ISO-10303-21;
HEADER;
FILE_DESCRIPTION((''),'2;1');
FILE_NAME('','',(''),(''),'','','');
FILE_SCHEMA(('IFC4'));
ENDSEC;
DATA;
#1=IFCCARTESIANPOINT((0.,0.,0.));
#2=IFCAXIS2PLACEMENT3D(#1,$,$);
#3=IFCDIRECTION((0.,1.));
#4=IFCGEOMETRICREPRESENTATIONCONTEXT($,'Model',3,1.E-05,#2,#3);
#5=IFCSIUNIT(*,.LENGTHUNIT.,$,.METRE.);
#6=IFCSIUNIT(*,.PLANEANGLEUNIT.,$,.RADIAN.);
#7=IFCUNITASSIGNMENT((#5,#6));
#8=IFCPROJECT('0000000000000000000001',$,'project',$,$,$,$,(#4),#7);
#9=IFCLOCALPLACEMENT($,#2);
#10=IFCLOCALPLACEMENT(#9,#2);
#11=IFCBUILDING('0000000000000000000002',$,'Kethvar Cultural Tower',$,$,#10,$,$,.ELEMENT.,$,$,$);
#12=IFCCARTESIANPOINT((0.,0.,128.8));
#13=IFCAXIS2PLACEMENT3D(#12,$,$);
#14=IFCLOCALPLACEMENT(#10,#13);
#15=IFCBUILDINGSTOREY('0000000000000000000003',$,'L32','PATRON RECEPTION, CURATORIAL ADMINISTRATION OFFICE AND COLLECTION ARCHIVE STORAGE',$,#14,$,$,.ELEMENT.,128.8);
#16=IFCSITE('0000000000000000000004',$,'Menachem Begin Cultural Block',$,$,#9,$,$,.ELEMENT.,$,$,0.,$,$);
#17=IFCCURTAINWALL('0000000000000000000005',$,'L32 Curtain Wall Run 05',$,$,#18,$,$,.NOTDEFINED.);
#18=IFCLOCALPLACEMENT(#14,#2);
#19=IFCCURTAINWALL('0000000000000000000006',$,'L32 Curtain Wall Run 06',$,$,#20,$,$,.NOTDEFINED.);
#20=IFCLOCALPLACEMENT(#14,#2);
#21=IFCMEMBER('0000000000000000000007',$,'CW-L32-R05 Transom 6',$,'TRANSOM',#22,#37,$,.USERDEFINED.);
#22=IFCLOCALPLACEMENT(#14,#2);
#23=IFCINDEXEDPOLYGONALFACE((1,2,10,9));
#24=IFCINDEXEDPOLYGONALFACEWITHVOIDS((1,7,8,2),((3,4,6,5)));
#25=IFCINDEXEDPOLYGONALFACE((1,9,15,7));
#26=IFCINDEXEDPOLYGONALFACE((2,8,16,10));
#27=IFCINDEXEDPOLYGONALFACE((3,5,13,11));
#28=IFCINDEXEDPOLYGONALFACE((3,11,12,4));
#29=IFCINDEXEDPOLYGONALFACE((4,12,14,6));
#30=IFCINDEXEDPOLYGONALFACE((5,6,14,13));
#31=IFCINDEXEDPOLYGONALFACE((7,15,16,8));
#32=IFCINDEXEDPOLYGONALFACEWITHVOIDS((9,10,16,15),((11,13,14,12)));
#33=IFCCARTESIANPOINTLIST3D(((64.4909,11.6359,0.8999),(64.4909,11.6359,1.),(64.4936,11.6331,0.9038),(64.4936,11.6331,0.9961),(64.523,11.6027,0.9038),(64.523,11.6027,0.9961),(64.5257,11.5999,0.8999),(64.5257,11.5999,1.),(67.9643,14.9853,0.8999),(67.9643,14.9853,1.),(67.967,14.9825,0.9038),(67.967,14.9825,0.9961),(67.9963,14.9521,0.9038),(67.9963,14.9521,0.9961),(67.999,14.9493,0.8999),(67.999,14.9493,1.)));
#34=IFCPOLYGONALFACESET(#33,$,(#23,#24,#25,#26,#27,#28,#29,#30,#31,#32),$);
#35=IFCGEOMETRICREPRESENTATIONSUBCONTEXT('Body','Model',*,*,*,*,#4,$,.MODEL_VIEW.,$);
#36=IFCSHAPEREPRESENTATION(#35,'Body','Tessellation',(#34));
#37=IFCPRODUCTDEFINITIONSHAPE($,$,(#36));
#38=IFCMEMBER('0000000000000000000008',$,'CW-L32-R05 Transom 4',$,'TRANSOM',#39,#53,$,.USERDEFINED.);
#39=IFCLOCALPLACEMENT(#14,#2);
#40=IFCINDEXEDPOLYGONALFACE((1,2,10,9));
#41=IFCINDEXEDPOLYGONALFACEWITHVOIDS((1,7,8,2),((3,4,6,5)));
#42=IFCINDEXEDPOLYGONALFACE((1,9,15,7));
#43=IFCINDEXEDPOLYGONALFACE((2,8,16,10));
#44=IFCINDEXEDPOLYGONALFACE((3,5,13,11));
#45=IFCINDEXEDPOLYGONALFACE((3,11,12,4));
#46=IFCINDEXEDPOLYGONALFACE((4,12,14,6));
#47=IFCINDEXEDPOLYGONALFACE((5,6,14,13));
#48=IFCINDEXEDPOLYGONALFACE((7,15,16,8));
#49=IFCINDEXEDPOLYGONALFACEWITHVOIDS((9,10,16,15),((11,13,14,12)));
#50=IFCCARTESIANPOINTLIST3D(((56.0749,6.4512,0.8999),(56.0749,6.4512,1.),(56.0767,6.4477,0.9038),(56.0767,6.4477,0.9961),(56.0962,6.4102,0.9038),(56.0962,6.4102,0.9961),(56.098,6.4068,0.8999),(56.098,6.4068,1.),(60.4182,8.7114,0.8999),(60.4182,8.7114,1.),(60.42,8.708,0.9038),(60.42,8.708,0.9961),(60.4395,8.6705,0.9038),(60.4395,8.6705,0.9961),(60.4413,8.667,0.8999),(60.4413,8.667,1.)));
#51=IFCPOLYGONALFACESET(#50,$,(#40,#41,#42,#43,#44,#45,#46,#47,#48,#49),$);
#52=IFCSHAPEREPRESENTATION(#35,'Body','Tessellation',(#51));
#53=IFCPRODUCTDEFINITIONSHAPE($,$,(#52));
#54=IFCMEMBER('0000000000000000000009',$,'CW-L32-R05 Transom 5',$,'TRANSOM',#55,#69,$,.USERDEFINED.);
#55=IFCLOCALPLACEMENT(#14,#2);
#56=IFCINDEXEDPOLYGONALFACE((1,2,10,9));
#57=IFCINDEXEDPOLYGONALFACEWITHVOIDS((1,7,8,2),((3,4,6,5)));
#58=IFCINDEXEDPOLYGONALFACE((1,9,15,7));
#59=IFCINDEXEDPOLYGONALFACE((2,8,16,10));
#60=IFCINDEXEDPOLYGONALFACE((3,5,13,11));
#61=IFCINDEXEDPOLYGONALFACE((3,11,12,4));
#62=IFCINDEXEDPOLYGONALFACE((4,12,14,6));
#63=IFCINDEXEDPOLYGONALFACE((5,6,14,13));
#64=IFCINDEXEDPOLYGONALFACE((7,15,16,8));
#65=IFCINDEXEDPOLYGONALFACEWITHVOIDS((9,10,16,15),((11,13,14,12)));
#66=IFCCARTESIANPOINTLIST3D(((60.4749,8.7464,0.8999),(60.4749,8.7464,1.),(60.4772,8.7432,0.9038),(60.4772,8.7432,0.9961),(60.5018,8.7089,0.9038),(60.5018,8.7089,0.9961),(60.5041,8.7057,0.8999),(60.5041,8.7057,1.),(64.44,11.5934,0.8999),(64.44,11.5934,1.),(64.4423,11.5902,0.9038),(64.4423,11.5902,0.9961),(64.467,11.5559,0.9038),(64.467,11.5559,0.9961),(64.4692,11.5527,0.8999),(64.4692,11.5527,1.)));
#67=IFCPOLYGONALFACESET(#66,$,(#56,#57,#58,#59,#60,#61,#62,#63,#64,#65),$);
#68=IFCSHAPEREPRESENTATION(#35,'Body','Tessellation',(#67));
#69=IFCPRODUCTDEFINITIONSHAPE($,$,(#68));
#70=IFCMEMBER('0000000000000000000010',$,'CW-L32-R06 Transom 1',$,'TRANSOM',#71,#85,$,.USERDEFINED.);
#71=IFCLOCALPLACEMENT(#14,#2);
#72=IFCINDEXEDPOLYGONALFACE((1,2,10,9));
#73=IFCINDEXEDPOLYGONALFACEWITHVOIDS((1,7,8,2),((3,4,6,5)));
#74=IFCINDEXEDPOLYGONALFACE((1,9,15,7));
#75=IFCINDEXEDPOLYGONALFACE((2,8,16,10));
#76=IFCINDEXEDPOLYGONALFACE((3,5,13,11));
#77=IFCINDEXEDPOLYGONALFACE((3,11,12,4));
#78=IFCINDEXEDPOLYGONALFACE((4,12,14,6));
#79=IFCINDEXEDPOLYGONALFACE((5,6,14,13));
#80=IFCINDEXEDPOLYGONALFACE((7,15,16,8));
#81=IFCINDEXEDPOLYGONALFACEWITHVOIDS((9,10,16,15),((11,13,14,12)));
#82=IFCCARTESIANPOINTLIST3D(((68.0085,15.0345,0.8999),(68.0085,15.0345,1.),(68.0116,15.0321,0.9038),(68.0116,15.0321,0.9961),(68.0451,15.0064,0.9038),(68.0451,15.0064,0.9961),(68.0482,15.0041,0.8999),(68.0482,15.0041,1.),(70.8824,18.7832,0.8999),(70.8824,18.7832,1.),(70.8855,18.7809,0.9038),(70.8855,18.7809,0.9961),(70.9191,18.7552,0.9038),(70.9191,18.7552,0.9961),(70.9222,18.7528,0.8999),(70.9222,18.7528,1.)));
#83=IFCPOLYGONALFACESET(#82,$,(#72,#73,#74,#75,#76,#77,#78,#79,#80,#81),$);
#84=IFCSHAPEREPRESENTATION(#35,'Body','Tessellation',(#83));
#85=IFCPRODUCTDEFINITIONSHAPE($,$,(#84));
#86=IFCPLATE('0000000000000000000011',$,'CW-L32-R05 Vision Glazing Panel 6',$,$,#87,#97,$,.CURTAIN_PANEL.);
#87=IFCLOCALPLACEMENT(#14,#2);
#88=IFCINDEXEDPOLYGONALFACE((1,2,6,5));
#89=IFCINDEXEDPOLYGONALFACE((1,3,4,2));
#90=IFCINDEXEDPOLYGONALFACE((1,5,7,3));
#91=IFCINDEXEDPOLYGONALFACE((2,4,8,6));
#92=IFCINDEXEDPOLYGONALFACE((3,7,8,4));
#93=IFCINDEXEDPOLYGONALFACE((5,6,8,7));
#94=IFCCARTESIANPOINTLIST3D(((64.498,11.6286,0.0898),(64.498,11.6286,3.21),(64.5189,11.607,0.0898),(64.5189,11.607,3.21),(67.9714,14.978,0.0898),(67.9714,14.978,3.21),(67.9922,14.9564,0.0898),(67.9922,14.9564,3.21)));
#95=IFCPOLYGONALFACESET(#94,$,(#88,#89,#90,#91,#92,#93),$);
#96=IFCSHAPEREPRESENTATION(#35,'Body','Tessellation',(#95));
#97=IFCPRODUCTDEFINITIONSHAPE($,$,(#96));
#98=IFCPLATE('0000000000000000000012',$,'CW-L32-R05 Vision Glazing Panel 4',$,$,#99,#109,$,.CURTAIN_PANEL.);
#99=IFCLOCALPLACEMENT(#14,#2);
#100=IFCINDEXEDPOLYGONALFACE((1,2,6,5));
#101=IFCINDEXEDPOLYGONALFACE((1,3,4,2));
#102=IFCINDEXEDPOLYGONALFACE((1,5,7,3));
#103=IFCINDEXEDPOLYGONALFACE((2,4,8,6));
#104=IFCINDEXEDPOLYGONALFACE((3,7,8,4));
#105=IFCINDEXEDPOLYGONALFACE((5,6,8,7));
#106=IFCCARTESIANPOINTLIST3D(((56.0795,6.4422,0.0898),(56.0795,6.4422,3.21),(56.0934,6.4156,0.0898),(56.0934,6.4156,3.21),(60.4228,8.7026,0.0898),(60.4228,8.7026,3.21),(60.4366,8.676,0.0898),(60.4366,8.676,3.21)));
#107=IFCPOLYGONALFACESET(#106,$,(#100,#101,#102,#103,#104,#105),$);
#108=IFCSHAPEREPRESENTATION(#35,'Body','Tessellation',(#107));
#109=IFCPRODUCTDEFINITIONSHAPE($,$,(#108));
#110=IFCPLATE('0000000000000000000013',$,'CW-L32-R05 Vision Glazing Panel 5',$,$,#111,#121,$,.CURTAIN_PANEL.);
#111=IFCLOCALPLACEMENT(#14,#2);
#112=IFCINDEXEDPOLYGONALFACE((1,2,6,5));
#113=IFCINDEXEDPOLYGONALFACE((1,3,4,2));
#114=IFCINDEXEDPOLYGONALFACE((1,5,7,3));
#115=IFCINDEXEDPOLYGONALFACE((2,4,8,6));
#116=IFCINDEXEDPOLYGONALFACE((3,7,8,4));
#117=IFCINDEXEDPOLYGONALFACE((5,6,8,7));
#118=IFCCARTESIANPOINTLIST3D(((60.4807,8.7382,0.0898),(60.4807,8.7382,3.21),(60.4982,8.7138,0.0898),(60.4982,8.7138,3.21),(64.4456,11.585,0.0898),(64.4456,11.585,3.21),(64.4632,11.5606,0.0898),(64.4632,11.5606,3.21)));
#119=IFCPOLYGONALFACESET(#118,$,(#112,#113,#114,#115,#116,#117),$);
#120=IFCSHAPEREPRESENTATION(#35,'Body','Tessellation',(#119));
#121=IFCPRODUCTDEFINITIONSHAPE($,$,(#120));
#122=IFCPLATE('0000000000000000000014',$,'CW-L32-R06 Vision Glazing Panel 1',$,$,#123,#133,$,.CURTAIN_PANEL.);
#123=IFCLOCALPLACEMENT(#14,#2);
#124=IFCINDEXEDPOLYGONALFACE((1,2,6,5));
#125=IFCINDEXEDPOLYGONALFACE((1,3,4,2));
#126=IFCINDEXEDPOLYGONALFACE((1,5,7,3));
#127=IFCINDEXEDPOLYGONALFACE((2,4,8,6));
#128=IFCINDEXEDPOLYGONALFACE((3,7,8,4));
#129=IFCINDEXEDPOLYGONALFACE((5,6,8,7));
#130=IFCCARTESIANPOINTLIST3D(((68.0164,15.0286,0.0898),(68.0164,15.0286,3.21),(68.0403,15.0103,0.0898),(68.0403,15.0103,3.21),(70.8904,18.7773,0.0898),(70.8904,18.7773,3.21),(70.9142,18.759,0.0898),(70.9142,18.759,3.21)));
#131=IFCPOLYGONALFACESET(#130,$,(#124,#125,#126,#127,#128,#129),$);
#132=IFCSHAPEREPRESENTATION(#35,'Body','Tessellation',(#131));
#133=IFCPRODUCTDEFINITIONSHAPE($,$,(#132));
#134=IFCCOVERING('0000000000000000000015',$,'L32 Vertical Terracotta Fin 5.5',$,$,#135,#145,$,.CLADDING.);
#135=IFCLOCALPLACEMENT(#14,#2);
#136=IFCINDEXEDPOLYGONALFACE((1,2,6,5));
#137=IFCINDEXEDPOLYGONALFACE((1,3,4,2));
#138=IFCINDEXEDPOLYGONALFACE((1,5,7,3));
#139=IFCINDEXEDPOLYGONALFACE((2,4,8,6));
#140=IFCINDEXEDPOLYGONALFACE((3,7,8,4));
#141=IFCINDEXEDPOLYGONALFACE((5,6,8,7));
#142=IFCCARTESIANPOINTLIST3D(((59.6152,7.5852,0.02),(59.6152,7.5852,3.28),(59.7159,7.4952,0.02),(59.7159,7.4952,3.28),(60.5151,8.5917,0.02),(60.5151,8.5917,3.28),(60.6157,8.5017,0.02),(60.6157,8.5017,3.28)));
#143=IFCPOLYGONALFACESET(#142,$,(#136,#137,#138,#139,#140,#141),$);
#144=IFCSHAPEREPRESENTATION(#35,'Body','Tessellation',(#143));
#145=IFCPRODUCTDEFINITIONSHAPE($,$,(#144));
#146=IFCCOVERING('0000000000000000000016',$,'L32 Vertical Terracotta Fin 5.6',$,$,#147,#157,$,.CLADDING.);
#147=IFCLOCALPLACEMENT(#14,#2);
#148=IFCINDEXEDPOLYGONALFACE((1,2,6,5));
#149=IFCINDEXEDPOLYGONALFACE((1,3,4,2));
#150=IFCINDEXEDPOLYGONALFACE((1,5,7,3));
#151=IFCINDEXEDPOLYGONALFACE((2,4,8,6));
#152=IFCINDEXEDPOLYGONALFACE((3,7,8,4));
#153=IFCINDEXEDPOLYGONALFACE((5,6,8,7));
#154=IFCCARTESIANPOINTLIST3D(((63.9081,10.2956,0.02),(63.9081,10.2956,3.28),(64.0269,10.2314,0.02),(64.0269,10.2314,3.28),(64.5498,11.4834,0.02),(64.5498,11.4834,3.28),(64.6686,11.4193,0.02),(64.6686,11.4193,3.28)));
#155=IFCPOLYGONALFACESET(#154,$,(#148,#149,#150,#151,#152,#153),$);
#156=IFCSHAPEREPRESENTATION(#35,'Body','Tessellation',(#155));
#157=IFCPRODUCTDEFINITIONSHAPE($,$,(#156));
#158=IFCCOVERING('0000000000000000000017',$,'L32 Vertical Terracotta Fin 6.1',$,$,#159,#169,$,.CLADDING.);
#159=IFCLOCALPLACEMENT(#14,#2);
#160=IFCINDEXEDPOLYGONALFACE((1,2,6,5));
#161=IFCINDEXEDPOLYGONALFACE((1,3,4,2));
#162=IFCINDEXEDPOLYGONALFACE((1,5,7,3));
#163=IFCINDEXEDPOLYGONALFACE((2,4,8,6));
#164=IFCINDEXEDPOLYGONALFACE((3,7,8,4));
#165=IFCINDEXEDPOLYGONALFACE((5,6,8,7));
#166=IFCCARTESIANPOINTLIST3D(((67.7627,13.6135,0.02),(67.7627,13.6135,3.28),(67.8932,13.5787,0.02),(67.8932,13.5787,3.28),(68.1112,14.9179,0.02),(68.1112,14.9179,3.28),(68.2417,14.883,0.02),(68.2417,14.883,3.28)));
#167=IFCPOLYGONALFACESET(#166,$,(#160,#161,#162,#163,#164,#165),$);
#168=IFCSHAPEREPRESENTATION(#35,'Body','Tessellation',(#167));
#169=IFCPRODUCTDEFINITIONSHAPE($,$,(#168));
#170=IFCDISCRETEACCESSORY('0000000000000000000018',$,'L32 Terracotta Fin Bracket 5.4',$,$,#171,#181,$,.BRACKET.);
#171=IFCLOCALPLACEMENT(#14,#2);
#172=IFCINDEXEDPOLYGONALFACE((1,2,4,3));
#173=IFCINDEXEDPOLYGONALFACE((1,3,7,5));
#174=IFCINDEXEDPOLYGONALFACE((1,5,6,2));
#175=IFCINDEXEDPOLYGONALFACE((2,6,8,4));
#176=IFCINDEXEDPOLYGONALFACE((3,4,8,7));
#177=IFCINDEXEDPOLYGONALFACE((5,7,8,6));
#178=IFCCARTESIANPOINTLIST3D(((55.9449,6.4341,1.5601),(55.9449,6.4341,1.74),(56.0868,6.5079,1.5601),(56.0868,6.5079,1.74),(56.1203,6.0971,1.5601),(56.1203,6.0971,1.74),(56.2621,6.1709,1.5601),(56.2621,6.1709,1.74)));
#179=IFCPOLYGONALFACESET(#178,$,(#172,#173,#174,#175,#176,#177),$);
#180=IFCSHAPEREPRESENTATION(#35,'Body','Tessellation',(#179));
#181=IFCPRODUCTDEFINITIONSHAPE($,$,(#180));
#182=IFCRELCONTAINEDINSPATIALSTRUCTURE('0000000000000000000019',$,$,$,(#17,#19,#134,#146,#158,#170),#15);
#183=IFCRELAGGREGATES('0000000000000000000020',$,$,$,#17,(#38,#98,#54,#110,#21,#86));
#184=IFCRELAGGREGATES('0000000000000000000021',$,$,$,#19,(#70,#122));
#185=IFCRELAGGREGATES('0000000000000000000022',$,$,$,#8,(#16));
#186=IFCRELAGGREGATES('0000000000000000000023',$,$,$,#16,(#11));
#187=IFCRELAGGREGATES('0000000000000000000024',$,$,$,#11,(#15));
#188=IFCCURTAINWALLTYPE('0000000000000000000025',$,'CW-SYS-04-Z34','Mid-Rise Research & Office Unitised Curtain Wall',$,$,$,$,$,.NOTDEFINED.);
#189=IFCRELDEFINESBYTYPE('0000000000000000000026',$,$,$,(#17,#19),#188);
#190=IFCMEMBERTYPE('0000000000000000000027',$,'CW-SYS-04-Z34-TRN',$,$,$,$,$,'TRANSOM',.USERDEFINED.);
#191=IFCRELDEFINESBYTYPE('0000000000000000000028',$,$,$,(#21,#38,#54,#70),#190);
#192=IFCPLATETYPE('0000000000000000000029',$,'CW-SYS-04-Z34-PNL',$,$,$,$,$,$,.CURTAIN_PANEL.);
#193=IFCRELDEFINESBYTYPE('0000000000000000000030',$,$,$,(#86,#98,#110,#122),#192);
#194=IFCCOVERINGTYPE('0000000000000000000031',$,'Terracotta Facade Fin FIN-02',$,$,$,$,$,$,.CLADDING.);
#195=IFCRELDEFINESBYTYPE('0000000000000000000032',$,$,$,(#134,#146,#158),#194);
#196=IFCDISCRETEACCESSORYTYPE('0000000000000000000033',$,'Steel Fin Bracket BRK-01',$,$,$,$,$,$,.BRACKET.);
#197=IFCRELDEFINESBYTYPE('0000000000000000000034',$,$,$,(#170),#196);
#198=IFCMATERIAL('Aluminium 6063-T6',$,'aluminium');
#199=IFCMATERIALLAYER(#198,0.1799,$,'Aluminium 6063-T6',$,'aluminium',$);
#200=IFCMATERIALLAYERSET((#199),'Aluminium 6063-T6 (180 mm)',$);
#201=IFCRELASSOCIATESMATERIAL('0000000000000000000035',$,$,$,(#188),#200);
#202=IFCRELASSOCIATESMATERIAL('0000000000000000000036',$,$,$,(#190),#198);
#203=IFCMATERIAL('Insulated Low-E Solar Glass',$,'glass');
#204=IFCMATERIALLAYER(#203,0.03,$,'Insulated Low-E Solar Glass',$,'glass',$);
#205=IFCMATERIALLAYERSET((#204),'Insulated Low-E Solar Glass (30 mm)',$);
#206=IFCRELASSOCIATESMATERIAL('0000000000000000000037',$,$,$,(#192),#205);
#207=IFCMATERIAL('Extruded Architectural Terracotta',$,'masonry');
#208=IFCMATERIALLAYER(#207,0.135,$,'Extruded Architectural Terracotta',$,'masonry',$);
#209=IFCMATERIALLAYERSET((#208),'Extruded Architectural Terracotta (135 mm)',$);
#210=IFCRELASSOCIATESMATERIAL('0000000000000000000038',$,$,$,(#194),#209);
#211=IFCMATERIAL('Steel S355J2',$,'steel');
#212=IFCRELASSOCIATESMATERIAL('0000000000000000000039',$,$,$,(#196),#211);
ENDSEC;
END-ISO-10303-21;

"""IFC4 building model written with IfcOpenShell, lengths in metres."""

from ifc_helpers import new_model, si_unit, direction, frame, origin, origin_2d, place, context, subcontext, project, spatial, rectangle, hollow_rectangle, extrude, source, transform, mapped, material, layer, layer_set, material_profile, profile_set, type_object, element, aggregate, save


model = new_model("IFC4")

# Units and contexts
model_context = context("Model", 3, precision=1e-05, world=origin(), true_north=direction((0.0, 1.0)))
body_context = subcontext(model_context, "Body", "Model", "MODEL_VIEW")
ifc_project = project(units=[si_unit("LENGTHUNIT", "METRE"), si_unit("PLANEANGLEUNIT", "RADIAN")], contexts=[model_context])

# Site, building, storey
site_placement = place(None, origin())
site = spatial("IfcSite", under=ifc_project, at=site_placement, Name="Menachem Begin Cultural Block", CompositionType="ELEMENT", RefElevation=0.0)
building_placement = place(site_placement, origin())
building = spatial("IfcBuilding", under=site, at=building_placement, Name="Kethvar Cultural Tower", CompositionType="ELEMENT")
storey_placement = place(building_placement, frame((0.0, 0.0, 128.8)))
storey = spatial("IfcBuildingStorey", under=building, at=storey_placement, Name="L32", Description="PATRON RECEPTION, CURATORIAL ADMINISTRATION OFFICE AND COLLECTION ARCHIVE STORAGE", CompositionType="ELEMENT", Elevation=128.8)

# Shared definitions
ifc_material_1 = material(Name="Steel S355J2", Category="steel")

# Curtain wall
ifc_material_2 = material(Name="Aluminium 6063-T6", Category="aluminium")
ifc_layer_1 = layer(ifc_material_2, 0.1799, Name="Aluminium 6063-T6", Category="aluminium")
ifc_layer_set_1 = layer_set([ifc_layer_1], Name="Aluminium 6063-T6 (180 mm)")
curtain_wall_type = type_object("IfcCurtainWallType", Name="CW-SYS-04-Z34", Description="Mid-Rise Research & Office Unitised Curtain Wall", PredefinedType="NOTDEFINED", material=ifc_layer_set_1)
curtain_wall_1_placement = place(storey_placement, origin())
curtain_wall_1 = element("IfcCurtainWall", 1, at=curtain_wall_1_placement, inside=storey, type_object=curtain_wall_type, Name="L32 Curtain Wall Run 05", PredefinedType="NOTDEFINED")

# Curtain wall
curtain_wall_2_placement = place(storey_placement, origin())
curtain_wall_2 = element("IfcCurtainWall", 2, at=curtain_wall_2_placement, inside=storey, type_object=curtain_wall_type, Name="L32 Curtain Wall Run 06", PredefinedType="NOTDEFINED")

# Members
ifc_material_profile_1 = material_profile(ifc_material_2, hollow_rectangle(XDim=0.05, YDim=0.1001, WallThickness=0.0039, at=origin_2d()), Name="Aluminium 6063-T6 — RHS100x50x4")
ifc_profile_set_1 = profile_set([ifc_material_profile_1], Name="Aluminium 6063-T6 — RHS100x50x4")
member_type_1 = type_object("IfcMemberType", Name="CW-SYS-04-Z34-TRN", ElementType="TRANSOM", PredefinedType="USERDEFINED", material=ifc_profile_set_1)
shared_shape_1 = source(origin(), body_context, "Body", "SweptSolid", [
    extrude(hollow_rectangle(XDim=0.05, YDim=0.1001, WallThickness=0.0039, at=origin_2d()), origin(), (0.0, 0.0, 1.0), 4.8252),
])
member_1_placement = place(storey_placement, frame((64.5083, 11.6179, 0.95), z_axis=(0.719842, 0.694138, 0.0), x_axis=(-0.694138, 0.719842, 0.0)))
member_1 = element("IfcMember", 3, at=member_1_placement, type_object=member_type_1, Name="CW-L32-R05 Transom 6", ObjectType="TRANSOM", PredefinedType="USERDEFINED", context=body_context, shape_type="MappedRepresentation", body=[
    mapped(shared_shape_1, transform((0.0, 0.0, 0.0), scale=1.0)),
])
shared_shape_2 = source(origin(), body_context, "Body", "SweptSolid", [
    extrude(hollow_rectangle(XDim=0.05, YDim=0.1001, WallThickness=0.0039, at=origin_2d()), origin(), (0.0, 0.0, 1.0), 4.8962),
])
member_2_placement = place(storey_placement, frame((56.0864, 6.429, 0.95), z_axis=(0.88707, 0.461635, 0.0), x_axis=(-0.461635, 0.88707, 0.0)))
member_2 = element("IfcMember", 4, at=member_2_placement, type_object=member_type_1, Name="CW-L32-R05 Transom 4", ObjectType="TRANSOM", PredefinedType="USERDEFINED", context=body_context, shape_type="MappedRepresentation", body=[
    mapped(shared_shape_2, transform((0.0, 0.0, 0.0), scale=1.0)),
])
shared_shape_3 = source(origin(), body_context, "Body", "SweptSolid", [
    extrude(hollow_rectangle(XDim=0.05, YDim=0.1001, WallThickness=0.0039, at=origin_2d()), origin(), (0.0, 0.0, 1.0), 4.8813),
])
member_3_placement = place(storey_placement, frame((60.4895, 8.7261, 0.95), z_axis=(0.812305, 0.583233, 0.0), x_axis=(-0.583233, 0.812305, 0.0)))
member_3 = element("IfcMember", 5, at=member_3_placement, type_object=member_type_1, Name="CW-L32-R05 Transom 5", ObjectType="TRANSOM", PredefinedType="USERDEFINED", context=body_context, shape_type="MappedRepresentation", body=[
    mapped(shared_shape_3, transform((0.0, 0.0, 0.0), scale=1.0)),
])
shared_shape_4 = source(origin(), body_context, "Body", "SweptSolid", [
    extrude(hollow_rectangle(XDim=0.05, YDim=0.1001, WallThickness=0.0039, at=origin_2d()), origin(), (0.0, 0.0, 1.0), 4.7236),
])
member_4_placement = place(storey_placement, frame((68.0283, 15.0193, 0.95), z_axis=(0.608426, 0.793611, 0.0), x_axis=(-0.793611, 0.608426, 0.0)))
member_4 = element("IfcMember", 6, at=member_4_placement, type_object=member_type_1, Name="CW-L32-R06 Transom 1", ObjectType="TRANSOM", PredefinedType="USERDEFINED", context=body_context, shape_type="MappedRepresentation", body=[
    mapped(shared_shape_4, transform((0.0, 0.0, 0.0), scale=1.0)),
])

# Plates
ifc_material_3 = material(Name="Insulated Low-E Solar Glass", Category="glass")
ifc_layer_2 = layer(ifc_material_3, 0.03, Name="Insulated Low-E Solar Glass", Category="glass")
ifc_layer_set_2 = layer_set([ifc_layer_2], Name="Insulated Low-E Solar Glass (30 mm)")
plate_type = type_object("IfcPlateType", Name="CW-SYS-04-Z34-PNL", PredefinedType="CURTAIN_PANEL", material=ifc_layer_set_2)
shared_shape_5 = source(origin(), body_context, "Body", "SweptSolid", [
    extrude(rectangle(XDim=4.8252, YDim=0.03, at=origin_2d()), origin(), (0.0, 0.0, 1.0), 3.1201),
])
plate_1_placement = place(storey_placement, frame((66.2451, 13.2925, 0.0898), z_axis=(0.0, 0.0, 1.0), x_axis=(0.719837, 0.694143, 0.0)))
plate_1 = element("IfcPlate", 7, at=plate_1_placement, type_object=plate_type, Name="CW-L32-R05 Vision Glazing Panel 6", PredefinedType="CURTAIN_PANEL", context=body_context, shape_type="MappedRepresentation", body=[
    mapped(shared_shape_5, transform((0.0, 0.0, 0.0), scale=1.0)),
])
shared_shape_6 = source(origin(), body_context, "Body", "SweptSolid", [
    extrude(rectangle(XDim=4.8962, YDim=0.03, at=origin_2d()), origin(), (0.0, 0.0, 1.0), 3.1201),
])
plate_2_placement = place(storey_placement, frame((58.2581, 7.5591, 0.0898), z_axis=(0.0, 0.0, 1.0), x_axis=(0.887059, 0.461656, 0.0)))
plate_2 = element("IfcPlate", 8, at=plate_2_placement, type_object=plate_type, Name="CW-L32-R05 Vision Glazing Panel 4", PredefinedType="CURTAIN_PANEL", context=body_context, shape_type="MappedRepresentation", body=[
    mapped(shared_shape_6, transform((0.0, 0.0, 0.0), scale=1.0)),
])
shared_shape_7 = source(origin(), body_context, "Body", "SweptSolid", [
    extrude(rectangle(XDim=4.8811, YDim=0.03, at=origin_2d()), origin(), (0.0, 0.0, 1.0), 3.1201),
])
plate_3_placement = place(storey_placement, frame((62.4719, 10.1494, 0.0898), z_axis=(0.0, 0.0, 1.0), x_axis=(0.812308, 0.583229, 0.0)))
plate_3 = element("IfcPlate", 9, at=plate_3_placement, type_object=plate_type, Name="CW-L32-R05 Vision Glazing Panel 5", PredefinedType="CURTAIN_PANEL", context=body_context, shape_type="MappedRepresentation", body=[
    mapped(shared_shape_7, transform((0.0, 0.0, 0.0), scale=1.0)),
])
aggregate(curtain_wall_1, [member_2, plate_2, member_3, plate_3, member_1, plate_1])
shared_shape_8 = source(origin(), body_context, "Body", "SweptSolid", [
    extrude(rectangle(XDim=4.7236, YDim=0.03, at=origin_2d()), origin(), (0.0, 0.0, 1.0), 3.1201),
])
plate_4_placement = place(storey_placement, frame((69.4653, 16.8938, 0.0898), z_axis=(0.0, 0.0, 1.0), x_axis=(0.608429, 0.793608, 0.0)))
plate_4 = element("IfcPlate", 10, at=plate_4_placement, type_object=plate_type, Name="CW-L32-R06 Vision Glazing Panel 1", PredefinedType="CURTAIN_PANEL", context=body_context, shape_type="MappedRepresentation", body=[
    mapped(shared_shape_8, transform((0.0, 0.0, 0.0), scale=1.0)),
])
aggregate(curtain_wall_2, [member_4, plate_4])

# Coverings
ifc_material_4 = material(Name="Extruded Architectural Terracotta", Category="masonry")
ifc_layer_3 = layer(ifc_material_4, 0.135, Name="Extruded Architectural Terracotta", Category="masonry")
ifc_layer_set_3 = layer_set([ifc_layer_3], Name="Extruded Architectural Terracotta (135 mm)")
covering_type = type_object("IfcCoveringType", Name="Terracotta Facade Fin FIN-02", PredefinedType="CLADDING", material=ifc_layer_set_3)
shared_shape_9 = source(origin(), body_context, "Body", "SweptSolid", [
    extrude(rectangle(XDim=1.3501, YDim=0.135, at=origin_2d()), origin(), (0.0, 0.0, 1.0), 3.26),
])
for number, where, z_axis, x_axis, name in (
    (11, (60.1155, 8.0435, 0.02), (0.0, 0.0, 1.0), (-0.666532, -0.745476, 0.0), "L32 Vertical Terracotta Fin 5.5"),
    (12, (64.2883, 10.8574, 0.02), (0.0, 0.0, 1.0), (-0.475317, -0.879815, 0.0), "L32 Vertical Terracotta Fin 5.6"),
    (13, (68.0022, 14.2483, 0.02), (0.0, 0.0, 1.0), (-0.258145, -0.966106, 0.0), "L32 Vertical Terracotta Fin 6.1"),
):
    element("IfcCovering", number, at=place(storey_placement, frame(where, z_axis=z_axis, x_axis=x_axis)), inside=storey, type_object=covering_type, Name=name, PredefinedType="CLADDING", context=body_context, shape_type="MappedRepresentation", body=[
        mapped(shared_shape_9, transform((0.0, 0.0, 0.0), scale=1.0)),
    ])

# Discrete accessory
discrete_accessory_type = type_object("IfcDiscreteAccessoryType", Name="Steel Fin Bracket BRK-01", PredefinedType="BRACKET", material=ifc_material_1)
shared_shape_10 = source(origin(), body_context, "Body", "SweptSolid", [
    extrude(rectangle(XDim=0.3799, YDim=0.1599, at=origin_2d()), origin(), (0.0, 0.0, 1.0), 0.1799),
])
for number, where, z_axis, x_axis, name in (
    (14, (56.1035, 6.3025, 1.5601), (0.0, 0.0, 1.0), (0.461594, -0.887091, 0.0), "L32 Terracotta Fin Bracket 5.4"),
):
    element("IfcDiscreteAccessory", number, at=place(storey_placement, frame(where, z_axis=z_axis, x_axis=x_axis)), inside=storey, type_object=discrete_accessory_type, Name=name, PredefinedType="BRACKET", context=body_context, shape_type="MappedRepresentation", body=[
        mapped(shared_shape_10, transform((0.0, 0.0, 0.0), scale=1.0)),
    ])

save(model, "model.ifc")
